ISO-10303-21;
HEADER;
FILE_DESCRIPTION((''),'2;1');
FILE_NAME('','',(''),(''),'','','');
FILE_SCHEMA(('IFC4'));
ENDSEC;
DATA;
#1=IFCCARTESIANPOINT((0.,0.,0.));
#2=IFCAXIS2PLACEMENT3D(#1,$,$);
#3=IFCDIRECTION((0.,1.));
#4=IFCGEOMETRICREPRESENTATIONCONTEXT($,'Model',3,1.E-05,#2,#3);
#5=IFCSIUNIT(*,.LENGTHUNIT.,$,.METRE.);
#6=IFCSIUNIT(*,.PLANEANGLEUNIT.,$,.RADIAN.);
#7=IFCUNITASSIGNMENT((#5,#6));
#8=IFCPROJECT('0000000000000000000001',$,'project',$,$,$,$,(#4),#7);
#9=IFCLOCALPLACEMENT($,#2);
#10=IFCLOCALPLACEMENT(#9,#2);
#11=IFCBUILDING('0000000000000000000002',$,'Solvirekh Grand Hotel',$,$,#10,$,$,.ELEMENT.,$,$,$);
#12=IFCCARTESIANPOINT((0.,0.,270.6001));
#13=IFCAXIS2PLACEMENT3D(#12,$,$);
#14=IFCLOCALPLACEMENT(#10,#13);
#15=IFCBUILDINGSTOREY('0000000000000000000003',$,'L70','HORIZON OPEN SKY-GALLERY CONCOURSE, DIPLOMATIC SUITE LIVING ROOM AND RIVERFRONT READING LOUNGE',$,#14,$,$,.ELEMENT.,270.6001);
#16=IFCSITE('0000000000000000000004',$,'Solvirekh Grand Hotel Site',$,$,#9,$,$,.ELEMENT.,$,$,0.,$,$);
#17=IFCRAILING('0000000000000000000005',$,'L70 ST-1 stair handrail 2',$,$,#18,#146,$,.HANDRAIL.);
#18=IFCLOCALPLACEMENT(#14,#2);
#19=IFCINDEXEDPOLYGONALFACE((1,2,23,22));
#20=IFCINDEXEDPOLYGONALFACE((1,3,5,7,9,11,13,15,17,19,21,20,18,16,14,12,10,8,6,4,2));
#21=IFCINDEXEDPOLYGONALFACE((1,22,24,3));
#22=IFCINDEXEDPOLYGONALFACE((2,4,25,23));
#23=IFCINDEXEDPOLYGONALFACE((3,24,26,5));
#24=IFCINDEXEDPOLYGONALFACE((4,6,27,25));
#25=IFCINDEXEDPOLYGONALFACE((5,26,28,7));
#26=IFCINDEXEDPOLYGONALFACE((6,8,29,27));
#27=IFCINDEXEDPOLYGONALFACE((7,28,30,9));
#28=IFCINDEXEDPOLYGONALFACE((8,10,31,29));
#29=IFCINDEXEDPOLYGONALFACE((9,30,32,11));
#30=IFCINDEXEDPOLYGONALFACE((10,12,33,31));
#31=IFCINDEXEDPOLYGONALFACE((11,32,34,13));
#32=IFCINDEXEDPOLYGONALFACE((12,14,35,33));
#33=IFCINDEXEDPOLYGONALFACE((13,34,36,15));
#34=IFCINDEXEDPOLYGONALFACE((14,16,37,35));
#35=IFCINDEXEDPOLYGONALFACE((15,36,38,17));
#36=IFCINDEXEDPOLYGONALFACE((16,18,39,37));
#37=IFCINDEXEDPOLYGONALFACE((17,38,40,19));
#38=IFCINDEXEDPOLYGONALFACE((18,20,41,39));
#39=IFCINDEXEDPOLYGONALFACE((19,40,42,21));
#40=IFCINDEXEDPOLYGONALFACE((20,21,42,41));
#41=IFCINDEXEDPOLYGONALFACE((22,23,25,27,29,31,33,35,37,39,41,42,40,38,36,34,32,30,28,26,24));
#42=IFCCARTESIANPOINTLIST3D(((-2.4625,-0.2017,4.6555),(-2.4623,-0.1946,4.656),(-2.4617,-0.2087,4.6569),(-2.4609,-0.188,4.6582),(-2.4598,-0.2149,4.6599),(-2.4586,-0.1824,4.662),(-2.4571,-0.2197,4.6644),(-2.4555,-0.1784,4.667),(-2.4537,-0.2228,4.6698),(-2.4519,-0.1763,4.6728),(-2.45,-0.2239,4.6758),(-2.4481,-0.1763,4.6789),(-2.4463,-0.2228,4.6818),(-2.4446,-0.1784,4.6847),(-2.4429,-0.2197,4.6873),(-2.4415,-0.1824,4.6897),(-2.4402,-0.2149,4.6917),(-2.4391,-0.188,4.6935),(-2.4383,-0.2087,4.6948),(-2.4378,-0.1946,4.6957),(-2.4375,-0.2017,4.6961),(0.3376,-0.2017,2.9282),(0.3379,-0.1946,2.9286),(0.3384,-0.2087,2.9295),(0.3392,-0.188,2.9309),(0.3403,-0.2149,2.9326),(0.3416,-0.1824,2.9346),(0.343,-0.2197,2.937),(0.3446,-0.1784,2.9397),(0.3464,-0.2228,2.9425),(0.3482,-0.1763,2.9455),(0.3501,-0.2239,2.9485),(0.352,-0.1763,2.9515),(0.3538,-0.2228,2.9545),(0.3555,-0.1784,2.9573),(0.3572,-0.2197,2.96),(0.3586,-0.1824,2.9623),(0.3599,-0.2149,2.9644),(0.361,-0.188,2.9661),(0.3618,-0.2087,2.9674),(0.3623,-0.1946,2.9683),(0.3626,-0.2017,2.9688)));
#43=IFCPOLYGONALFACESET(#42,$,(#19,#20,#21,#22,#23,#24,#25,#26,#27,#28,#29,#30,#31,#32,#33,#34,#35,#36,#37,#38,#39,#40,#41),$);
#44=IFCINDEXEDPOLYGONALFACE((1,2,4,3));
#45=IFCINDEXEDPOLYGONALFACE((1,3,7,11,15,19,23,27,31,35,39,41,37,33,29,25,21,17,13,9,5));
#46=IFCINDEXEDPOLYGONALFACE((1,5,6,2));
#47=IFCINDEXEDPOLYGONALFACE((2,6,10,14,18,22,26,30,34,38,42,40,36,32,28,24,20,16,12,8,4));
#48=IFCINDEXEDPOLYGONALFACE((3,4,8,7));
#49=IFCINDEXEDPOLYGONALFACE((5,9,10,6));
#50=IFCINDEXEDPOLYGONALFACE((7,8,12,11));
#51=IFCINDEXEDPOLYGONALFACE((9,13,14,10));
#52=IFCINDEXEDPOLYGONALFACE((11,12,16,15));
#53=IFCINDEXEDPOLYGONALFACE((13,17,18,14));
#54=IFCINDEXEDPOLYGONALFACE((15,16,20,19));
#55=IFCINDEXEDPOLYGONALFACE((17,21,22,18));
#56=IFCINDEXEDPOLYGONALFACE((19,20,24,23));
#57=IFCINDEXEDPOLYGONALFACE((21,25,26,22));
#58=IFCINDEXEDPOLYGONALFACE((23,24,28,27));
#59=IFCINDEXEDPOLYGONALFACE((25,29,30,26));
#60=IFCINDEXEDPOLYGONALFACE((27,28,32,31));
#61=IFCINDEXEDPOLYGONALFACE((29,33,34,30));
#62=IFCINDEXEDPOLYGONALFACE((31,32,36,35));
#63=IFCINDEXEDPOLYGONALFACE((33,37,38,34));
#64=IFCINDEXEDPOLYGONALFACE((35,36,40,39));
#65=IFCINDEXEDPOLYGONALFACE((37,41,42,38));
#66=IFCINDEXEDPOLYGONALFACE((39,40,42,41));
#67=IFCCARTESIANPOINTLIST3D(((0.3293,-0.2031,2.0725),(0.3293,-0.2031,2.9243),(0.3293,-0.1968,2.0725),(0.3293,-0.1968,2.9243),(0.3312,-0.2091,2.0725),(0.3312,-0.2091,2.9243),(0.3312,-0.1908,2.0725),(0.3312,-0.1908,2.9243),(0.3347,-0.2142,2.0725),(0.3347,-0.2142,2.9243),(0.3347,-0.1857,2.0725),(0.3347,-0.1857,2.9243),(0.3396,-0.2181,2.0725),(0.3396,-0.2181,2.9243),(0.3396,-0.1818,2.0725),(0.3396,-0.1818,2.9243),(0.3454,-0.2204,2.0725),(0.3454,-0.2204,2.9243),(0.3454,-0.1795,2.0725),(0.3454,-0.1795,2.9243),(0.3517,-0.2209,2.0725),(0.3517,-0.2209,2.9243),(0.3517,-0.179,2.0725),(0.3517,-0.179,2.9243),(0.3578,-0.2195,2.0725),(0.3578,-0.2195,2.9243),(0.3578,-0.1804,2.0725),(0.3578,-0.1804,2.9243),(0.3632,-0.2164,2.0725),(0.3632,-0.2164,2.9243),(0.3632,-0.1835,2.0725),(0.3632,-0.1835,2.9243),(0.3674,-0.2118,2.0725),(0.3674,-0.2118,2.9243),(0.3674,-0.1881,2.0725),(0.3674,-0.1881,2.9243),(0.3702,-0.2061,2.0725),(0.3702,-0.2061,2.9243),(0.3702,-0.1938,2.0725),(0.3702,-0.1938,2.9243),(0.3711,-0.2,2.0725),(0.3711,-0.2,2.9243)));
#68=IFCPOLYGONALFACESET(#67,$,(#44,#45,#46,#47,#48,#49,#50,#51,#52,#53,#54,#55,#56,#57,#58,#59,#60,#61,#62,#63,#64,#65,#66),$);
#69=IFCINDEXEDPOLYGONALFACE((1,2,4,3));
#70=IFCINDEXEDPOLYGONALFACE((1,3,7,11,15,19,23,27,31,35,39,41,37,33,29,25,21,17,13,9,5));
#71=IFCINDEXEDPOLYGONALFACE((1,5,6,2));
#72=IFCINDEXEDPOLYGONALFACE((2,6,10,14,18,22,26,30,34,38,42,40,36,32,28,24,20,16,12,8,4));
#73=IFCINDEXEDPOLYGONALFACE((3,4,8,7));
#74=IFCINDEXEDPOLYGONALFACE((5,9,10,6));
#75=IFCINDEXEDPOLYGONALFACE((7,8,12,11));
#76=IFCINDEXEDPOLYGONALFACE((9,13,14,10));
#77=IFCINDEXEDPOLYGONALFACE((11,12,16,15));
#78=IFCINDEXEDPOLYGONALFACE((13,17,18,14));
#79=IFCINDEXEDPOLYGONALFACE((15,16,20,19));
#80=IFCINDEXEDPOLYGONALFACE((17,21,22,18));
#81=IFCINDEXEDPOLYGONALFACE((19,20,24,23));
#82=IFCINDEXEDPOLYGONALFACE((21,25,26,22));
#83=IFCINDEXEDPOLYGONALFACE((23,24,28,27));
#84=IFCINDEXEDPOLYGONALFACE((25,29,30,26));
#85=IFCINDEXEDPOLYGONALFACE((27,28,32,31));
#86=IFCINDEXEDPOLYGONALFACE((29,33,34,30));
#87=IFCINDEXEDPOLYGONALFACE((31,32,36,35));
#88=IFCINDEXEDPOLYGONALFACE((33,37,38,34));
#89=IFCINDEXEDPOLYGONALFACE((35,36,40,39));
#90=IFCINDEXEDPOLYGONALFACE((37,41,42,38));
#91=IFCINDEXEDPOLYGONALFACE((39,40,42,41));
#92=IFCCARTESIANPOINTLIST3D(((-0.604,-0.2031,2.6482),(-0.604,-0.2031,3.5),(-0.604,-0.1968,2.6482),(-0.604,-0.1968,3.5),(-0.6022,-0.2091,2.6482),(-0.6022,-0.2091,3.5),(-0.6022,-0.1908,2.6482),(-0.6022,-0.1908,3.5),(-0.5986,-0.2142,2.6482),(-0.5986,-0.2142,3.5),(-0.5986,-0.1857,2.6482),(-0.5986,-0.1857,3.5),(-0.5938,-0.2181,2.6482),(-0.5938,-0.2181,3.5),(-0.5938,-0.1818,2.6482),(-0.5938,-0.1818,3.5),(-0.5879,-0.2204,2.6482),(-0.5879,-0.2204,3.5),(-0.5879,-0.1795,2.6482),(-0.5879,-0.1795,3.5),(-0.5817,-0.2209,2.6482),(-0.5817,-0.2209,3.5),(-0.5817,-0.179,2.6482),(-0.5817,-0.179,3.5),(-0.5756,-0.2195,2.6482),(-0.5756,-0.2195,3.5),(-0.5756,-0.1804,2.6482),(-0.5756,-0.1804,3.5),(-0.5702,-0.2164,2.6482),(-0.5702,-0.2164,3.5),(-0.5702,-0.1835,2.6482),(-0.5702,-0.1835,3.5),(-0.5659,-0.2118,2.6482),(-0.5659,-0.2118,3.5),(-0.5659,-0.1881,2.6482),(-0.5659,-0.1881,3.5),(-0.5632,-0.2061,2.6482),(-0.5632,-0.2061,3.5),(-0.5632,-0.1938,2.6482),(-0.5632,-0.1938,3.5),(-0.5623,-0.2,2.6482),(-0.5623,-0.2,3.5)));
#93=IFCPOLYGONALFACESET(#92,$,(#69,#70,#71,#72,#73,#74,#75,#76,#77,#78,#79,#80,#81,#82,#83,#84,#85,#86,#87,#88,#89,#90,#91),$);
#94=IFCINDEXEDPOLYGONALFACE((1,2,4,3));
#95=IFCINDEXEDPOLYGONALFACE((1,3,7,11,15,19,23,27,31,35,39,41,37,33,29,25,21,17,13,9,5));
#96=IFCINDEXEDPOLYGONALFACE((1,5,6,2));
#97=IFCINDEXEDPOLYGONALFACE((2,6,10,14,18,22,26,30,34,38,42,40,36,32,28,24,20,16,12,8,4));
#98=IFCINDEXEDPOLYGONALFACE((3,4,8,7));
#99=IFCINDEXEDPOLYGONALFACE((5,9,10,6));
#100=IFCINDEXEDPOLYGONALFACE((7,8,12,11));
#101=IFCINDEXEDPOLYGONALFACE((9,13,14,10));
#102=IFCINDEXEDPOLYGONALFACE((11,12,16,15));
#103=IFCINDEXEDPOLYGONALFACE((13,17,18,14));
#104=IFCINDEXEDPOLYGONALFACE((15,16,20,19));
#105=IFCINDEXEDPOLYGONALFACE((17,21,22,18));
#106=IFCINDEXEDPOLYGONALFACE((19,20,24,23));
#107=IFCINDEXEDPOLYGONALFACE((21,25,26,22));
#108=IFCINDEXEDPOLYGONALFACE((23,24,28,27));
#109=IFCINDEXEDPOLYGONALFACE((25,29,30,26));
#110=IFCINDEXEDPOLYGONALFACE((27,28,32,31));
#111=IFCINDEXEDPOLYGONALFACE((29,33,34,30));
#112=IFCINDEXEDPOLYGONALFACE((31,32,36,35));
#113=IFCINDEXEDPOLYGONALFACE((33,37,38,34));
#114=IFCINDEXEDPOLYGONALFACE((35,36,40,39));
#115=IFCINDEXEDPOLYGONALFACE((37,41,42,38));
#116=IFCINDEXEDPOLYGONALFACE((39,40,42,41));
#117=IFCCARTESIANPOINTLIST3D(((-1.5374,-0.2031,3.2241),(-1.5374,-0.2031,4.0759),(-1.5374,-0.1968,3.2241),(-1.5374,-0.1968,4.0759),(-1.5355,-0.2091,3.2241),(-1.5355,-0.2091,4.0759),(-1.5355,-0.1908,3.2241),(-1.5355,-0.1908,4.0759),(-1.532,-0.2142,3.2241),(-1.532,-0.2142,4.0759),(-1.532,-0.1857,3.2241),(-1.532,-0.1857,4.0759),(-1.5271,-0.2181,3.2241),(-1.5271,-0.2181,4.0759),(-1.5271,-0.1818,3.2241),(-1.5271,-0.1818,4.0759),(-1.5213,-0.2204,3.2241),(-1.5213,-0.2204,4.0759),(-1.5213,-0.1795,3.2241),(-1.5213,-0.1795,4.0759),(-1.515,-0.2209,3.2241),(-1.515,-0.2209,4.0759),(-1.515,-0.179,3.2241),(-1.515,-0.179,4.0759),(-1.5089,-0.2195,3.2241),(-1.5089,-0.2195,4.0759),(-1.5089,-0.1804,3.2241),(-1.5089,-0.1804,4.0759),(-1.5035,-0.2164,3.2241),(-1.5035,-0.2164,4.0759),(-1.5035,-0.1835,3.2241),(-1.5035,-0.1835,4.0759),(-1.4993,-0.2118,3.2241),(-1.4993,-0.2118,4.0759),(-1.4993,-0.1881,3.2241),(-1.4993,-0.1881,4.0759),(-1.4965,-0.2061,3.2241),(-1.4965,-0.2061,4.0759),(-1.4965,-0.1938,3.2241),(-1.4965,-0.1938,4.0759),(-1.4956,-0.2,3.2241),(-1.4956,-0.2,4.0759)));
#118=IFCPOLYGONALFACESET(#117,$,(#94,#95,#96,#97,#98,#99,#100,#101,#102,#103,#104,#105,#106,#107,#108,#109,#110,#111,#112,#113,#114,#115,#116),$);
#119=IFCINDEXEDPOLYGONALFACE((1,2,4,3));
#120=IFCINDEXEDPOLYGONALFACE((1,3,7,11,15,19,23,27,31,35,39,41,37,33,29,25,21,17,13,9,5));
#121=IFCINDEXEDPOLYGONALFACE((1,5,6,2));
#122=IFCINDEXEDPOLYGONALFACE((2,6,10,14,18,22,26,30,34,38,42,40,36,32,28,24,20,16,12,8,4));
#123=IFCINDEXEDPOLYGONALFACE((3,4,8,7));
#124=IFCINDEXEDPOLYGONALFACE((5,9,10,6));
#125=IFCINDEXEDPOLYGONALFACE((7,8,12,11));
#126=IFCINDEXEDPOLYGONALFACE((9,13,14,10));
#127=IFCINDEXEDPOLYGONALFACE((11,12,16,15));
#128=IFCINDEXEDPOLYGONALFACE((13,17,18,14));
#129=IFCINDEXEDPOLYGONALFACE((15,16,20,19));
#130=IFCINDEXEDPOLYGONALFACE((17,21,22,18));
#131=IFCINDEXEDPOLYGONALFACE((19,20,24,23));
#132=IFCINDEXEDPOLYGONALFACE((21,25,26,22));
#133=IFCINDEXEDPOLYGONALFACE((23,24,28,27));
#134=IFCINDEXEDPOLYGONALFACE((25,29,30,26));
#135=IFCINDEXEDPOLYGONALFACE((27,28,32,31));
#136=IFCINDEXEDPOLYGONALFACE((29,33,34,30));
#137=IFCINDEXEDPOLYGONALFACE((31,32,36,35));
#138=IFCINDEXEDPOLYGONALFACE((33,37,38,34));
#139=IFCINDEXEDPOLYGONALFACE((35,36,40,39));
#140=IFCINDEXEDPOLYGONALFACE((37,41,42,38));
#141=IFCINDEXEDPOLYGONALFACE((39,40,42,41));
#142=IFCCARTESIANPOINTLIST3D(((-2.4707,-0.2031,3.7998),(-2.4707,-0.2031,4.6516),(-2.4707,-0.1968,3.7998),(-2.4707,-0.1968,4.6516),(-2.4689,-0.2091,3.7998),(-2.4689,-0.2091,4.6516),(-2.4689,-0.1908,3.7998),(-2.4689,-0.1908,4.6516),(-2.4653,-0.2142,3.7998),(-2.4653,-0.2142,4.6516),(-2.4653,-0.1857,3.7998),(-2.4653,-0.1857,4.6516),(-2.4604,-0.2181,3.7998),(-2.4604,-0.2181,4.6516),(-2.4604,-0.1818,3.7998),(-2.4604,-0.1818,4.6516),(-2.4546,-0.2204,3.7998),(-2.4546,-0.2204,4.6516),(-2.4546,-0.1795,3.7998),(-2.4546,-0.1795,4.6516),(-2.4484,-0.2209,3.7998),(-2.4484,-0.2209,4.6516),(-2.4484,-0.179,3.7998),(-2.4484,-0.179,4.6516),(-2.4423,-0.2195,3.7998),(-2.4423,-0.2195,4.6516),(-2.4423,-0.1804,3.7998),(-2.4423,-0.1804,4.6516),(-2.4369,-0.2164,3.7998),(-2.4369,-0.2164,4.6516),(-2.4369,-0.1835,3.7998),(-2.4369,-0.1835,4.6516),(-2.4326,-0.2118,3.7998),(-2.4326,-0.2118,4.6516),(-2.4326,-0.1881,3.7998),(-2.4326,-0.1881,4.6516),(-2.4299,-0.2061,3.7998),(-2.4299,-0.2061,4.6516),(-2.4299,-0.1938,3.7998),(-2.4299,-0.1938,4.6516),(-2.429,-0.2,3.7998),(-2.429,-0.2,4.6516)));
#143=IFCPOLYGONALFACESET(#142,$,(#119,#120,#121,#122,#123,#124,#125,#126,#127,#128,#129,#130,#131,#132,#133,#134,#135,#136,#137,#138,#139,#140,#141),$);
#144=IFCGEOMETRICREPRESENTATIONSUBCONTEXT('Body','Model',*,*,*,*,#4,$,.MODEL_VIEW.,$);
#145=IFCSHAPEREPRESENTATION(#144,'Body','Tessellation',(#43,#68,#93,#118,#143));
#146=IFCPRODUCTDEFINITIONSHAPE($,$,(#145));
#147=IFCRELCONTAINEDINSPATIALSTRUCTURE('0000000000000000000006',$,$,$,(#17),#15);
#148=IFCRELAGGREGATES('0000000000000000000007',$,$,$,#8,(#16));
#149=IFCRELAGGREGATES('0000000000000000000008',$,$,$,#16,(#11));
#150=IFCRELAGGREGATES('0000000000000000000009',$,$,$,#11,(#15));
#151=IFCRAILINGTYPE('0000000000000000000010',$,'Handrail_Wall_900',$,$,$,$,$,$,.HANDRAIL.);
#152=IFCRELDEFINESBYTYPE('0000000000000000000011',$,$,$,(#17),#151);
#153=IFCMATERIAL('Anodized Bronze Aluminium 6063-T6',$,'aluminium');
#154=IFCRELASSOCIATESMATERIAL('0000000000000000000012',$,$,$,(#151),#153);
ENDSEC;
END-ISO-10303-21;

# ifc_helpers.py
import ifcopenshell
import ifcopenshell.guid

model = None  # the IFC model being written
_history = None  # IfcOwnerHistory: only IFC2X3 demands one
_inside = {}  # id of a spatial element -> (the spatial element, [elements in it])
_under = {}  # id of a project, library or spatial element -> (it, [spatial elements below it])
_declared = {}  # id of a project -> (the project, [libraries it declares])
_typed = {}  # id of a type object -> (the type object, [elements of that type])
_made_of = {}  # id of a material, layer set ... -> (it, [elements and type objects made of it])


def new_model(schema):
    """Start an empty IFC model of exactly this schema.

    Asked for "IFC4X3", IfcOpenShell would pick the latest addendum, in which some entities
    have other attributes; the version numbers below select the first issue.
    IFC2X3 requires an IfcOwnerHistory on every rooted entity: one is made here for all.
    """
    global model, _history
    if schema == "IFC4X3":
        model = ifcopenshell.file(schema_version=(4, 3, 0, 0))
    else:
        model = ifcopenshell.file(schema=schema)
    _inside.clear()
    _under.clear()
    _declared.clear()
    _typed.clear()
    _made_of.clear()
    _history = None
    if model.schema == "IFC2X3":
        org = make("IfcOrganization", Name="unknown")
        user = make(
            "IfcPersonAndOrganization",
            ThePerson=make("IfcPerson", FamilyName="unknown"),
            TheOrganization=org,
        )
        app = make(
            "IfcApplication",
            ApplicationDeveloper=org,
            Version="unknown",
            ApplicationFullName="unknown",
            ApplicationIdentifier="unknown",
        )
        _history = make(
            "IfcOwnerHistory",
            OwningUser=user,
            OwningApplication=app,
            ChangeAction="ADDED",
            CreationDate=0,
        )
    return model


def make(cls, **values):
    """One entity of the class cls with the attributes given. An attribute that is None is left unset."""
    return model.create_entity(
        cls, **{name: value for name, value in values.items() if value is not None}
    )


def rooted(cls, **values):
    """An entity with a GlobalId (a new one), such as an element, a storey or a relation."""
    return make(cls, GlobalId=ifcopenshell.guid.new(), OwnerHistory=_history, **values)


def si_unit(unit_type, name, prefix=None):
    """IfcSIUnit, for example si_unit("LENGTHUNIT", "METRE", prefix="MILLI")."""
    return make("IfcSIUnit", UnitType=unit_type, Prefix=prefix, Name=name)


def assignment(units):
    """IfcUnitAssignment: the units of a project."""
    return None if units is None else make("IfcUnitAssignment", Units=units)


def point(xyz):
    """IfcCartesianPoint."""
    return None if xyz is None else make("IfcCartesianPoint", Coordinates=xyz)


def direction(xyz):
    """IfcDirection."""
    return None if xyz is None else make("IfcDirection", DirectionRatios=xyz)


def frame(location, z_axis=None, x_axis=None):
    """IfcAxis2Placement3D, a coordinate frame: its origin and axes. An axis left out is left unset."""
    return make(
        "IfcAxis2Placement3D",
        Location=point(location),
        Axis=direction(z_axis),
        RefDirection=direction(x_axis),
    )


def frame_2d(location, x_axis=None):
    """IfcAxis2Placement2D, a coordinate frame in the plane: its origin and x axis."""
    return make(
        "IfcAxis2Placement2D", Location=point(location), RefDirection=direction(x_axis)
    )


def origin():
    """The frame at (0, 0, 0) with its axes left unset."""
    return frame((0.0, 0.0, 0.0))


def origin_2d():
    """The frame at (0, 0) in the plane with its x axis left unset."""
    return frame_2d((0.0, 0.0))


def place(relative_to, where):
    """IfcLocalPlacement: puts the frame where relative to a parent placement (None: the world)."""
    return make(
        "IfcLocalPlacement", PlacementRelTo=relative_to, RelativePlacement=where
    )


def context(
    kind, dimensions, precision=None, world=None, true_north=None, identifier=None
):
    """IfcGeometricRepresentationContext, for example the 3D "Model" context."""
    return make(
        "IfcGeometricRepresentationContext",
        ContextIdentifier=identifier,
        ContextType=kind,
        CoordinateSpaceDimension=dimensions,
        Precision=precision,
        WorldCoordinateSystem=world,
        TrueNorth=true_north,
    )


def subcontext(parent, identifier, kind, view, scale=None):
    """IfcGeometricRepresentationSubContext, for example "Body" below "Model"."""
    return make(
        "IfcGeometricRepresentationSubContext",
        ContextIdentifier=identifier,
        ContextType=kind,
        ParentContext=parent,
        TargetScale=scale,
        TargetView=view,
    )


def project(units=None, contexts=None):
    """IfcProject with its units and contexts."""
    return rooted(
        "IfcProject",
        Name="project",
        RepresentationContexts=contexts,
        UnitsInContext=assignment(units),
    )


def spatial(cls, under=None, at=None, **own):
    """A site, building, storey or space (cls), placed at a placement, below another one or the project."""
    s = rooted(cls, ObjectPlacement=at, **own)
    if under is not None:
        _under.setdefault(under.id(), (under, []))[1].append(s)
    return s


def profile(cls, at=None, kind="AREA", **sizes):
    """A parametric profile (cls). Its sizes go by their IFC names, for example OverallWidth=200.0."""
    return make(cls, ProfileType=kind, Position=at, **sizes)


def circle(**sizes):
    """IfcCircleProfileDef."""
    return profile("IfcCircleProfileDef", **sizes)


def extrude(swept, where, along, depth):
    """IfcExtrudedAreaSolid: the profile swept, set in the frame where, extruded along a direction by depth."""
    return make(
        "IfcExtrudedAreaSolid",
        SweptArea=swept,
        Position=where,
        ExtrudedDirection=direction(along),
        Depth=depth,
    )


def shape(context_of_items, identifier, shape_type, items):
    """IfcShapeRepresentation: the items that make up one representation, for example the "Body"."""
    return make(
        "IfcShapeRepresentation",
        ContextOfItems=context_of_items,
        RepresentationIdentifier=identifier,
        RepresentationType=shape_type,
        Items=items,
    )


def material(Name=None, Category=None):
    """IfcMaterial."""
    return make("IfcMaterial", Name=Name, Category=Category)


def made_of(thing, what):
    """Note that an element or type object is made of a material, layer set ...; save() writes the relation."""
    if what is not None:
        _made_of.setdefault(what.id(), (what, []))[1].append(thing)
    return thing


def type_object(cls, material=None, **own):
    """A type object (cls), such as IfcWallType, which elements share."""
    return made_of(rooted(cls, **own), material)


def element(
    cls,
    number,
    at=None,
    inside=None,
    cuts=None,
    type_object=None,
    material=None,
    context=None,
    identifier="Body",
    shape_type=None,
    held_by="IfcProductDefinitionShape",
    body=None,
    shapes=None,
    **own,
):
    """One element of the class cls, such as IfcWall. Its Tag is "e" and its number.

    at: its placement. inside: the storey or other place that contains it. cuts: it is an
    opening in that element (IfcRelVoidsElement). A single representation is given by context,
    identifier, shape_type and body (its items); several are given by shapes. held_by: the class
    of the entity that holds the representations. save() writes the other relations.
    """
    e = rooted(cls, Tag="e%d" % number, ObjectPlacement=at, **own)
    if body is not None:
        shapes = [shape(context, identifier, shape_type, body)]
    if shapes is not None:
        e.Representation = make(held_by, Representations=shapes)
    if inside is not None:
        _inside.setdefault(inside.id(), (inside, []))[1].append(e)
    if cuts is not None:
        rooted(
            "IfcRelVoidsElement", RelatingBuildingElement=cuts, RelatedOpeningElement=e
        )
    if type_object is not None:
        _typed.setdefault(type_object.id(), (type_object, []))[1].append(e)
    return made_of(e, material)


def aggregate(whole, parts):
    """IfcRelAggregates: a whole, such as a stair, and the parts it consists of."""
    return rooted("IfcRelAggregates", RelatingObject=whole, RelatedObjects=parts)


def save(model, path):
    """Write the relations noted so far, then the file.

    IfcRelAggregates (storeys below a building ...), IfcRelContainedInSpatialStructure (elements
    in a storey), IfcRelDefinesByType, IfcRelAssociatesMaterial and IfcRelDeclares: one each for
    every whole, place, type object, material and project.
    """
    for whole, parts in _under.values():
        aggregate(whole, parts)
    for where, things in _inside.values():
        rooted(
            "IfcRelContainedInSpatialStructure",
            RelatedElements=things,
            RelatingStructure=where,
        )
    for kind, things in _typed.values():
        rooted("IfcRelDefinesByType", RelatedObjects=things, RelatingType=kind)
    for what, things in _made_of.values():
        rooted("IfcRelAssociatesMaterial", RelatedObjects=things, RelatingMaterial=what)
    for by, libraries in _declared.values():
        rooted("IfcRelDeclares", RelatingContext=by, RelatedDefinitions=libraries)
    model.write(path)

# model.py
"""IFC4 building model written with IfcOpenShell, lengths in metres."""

from ifc_helpers import new_model, si_unit, direction, frame, origin, origin_2d, place, context, subcontext, project, spatial, circle, extrude, material, type_object, element, save


model = new_model("IFC4")

# Units and contexts
model_context = context("Model", 3, precision=1e-05, world=origin(), true_north=direction((0.0, 1.0)))
body_context = subcontext(model_context, "Body", "Model", "MODEL_VIEW")
ifc_project = project(units=[si_unit("LENGTHUNIT", "METRE"), si_unit("PLANEANGLEUNIT", "RADIAN")], contexts=[model_context])

# Site, building, storey
site_placement = place(None, origin())
site = spatial("IfcSite", under=ifc_project, at=site_placement, Name="Solvirekh Grand Hotel Site", CompositionType="ELEMENT", RefElevation=0.0)
building_placement = place(site_placement, origin())
building = spatial("IfcBuilding", under=site, at=building_placement, Name="Solvirekh Grand Hotel", CompositionType="ELEMENT")
storey_placement = place(building_placement, frame((0.0, 0.0, 270.6001)))
storey = spatial("IfcBuildingStorey", under=building, at=storey_placement, Name="L70", Description="HORIZON OPEN SKY-GALLERY CONCOURSE, DIPLOMATIC SUITE LIVING ROOM AND RIVERFRONT READING LOUNGE", CompositionType="ELEMENT", Elevation=270.6001)

# Shared definitions
ifc_material_1 = material(Name="Anodized Bronze Aluminium 6063-T6", Category="aluminium")

# Railing
railing_type_1 = type_object("IfcRailingType", Name="Handrail_Wall_900", PredefinedType="HANDRAIL", material=ifc_material_1)
railing_1_placement = place(storey_placement, frame((0.3501, -0.2, 2.0725)))
element("IfcRailing", 1, at=railing_1_placement, inside=storey, type_object=railing_type_1, Name="L70 ST-1 stair handrail 2", PredefinedType="HANDRAIL", context=body_context, shape_type="SweptSolid", body=[
    extrude(circle(Radius=0.0239, at=origin_2d()), frame((0.0, 0.0, 0.876), z_axis=(-0.85109, 0.0, 0.52502), x_axis=(0.0, -1.0, 0.0)), (0.0, 0.0, 1.0), 3.29),
    extrude(circle(Radius=0.021, at=origin_2d()), origin(), (0.0, 0.0, 1.0), 0.8518),
    extrude(circle(Radius=0.021, at=origin_2d()), frame((-0.9333, 0.0, 0.5757)), (0.0, 0.0, 1.0), 0.8518),
    extrude(circle(Radius=0.021, at=origin_2d()), frame((-1.8667, 0.0, 1.1516)), (0.0, 0.0, 1.0), 0.8518),
    extrude(circle(Radius=0.021, at=origin_2d()), frame((-2.8, 0.0, 1.7273)), (0.0, 0.0, 1.0), 0.8518),
])

save(model, "model.ifc")
